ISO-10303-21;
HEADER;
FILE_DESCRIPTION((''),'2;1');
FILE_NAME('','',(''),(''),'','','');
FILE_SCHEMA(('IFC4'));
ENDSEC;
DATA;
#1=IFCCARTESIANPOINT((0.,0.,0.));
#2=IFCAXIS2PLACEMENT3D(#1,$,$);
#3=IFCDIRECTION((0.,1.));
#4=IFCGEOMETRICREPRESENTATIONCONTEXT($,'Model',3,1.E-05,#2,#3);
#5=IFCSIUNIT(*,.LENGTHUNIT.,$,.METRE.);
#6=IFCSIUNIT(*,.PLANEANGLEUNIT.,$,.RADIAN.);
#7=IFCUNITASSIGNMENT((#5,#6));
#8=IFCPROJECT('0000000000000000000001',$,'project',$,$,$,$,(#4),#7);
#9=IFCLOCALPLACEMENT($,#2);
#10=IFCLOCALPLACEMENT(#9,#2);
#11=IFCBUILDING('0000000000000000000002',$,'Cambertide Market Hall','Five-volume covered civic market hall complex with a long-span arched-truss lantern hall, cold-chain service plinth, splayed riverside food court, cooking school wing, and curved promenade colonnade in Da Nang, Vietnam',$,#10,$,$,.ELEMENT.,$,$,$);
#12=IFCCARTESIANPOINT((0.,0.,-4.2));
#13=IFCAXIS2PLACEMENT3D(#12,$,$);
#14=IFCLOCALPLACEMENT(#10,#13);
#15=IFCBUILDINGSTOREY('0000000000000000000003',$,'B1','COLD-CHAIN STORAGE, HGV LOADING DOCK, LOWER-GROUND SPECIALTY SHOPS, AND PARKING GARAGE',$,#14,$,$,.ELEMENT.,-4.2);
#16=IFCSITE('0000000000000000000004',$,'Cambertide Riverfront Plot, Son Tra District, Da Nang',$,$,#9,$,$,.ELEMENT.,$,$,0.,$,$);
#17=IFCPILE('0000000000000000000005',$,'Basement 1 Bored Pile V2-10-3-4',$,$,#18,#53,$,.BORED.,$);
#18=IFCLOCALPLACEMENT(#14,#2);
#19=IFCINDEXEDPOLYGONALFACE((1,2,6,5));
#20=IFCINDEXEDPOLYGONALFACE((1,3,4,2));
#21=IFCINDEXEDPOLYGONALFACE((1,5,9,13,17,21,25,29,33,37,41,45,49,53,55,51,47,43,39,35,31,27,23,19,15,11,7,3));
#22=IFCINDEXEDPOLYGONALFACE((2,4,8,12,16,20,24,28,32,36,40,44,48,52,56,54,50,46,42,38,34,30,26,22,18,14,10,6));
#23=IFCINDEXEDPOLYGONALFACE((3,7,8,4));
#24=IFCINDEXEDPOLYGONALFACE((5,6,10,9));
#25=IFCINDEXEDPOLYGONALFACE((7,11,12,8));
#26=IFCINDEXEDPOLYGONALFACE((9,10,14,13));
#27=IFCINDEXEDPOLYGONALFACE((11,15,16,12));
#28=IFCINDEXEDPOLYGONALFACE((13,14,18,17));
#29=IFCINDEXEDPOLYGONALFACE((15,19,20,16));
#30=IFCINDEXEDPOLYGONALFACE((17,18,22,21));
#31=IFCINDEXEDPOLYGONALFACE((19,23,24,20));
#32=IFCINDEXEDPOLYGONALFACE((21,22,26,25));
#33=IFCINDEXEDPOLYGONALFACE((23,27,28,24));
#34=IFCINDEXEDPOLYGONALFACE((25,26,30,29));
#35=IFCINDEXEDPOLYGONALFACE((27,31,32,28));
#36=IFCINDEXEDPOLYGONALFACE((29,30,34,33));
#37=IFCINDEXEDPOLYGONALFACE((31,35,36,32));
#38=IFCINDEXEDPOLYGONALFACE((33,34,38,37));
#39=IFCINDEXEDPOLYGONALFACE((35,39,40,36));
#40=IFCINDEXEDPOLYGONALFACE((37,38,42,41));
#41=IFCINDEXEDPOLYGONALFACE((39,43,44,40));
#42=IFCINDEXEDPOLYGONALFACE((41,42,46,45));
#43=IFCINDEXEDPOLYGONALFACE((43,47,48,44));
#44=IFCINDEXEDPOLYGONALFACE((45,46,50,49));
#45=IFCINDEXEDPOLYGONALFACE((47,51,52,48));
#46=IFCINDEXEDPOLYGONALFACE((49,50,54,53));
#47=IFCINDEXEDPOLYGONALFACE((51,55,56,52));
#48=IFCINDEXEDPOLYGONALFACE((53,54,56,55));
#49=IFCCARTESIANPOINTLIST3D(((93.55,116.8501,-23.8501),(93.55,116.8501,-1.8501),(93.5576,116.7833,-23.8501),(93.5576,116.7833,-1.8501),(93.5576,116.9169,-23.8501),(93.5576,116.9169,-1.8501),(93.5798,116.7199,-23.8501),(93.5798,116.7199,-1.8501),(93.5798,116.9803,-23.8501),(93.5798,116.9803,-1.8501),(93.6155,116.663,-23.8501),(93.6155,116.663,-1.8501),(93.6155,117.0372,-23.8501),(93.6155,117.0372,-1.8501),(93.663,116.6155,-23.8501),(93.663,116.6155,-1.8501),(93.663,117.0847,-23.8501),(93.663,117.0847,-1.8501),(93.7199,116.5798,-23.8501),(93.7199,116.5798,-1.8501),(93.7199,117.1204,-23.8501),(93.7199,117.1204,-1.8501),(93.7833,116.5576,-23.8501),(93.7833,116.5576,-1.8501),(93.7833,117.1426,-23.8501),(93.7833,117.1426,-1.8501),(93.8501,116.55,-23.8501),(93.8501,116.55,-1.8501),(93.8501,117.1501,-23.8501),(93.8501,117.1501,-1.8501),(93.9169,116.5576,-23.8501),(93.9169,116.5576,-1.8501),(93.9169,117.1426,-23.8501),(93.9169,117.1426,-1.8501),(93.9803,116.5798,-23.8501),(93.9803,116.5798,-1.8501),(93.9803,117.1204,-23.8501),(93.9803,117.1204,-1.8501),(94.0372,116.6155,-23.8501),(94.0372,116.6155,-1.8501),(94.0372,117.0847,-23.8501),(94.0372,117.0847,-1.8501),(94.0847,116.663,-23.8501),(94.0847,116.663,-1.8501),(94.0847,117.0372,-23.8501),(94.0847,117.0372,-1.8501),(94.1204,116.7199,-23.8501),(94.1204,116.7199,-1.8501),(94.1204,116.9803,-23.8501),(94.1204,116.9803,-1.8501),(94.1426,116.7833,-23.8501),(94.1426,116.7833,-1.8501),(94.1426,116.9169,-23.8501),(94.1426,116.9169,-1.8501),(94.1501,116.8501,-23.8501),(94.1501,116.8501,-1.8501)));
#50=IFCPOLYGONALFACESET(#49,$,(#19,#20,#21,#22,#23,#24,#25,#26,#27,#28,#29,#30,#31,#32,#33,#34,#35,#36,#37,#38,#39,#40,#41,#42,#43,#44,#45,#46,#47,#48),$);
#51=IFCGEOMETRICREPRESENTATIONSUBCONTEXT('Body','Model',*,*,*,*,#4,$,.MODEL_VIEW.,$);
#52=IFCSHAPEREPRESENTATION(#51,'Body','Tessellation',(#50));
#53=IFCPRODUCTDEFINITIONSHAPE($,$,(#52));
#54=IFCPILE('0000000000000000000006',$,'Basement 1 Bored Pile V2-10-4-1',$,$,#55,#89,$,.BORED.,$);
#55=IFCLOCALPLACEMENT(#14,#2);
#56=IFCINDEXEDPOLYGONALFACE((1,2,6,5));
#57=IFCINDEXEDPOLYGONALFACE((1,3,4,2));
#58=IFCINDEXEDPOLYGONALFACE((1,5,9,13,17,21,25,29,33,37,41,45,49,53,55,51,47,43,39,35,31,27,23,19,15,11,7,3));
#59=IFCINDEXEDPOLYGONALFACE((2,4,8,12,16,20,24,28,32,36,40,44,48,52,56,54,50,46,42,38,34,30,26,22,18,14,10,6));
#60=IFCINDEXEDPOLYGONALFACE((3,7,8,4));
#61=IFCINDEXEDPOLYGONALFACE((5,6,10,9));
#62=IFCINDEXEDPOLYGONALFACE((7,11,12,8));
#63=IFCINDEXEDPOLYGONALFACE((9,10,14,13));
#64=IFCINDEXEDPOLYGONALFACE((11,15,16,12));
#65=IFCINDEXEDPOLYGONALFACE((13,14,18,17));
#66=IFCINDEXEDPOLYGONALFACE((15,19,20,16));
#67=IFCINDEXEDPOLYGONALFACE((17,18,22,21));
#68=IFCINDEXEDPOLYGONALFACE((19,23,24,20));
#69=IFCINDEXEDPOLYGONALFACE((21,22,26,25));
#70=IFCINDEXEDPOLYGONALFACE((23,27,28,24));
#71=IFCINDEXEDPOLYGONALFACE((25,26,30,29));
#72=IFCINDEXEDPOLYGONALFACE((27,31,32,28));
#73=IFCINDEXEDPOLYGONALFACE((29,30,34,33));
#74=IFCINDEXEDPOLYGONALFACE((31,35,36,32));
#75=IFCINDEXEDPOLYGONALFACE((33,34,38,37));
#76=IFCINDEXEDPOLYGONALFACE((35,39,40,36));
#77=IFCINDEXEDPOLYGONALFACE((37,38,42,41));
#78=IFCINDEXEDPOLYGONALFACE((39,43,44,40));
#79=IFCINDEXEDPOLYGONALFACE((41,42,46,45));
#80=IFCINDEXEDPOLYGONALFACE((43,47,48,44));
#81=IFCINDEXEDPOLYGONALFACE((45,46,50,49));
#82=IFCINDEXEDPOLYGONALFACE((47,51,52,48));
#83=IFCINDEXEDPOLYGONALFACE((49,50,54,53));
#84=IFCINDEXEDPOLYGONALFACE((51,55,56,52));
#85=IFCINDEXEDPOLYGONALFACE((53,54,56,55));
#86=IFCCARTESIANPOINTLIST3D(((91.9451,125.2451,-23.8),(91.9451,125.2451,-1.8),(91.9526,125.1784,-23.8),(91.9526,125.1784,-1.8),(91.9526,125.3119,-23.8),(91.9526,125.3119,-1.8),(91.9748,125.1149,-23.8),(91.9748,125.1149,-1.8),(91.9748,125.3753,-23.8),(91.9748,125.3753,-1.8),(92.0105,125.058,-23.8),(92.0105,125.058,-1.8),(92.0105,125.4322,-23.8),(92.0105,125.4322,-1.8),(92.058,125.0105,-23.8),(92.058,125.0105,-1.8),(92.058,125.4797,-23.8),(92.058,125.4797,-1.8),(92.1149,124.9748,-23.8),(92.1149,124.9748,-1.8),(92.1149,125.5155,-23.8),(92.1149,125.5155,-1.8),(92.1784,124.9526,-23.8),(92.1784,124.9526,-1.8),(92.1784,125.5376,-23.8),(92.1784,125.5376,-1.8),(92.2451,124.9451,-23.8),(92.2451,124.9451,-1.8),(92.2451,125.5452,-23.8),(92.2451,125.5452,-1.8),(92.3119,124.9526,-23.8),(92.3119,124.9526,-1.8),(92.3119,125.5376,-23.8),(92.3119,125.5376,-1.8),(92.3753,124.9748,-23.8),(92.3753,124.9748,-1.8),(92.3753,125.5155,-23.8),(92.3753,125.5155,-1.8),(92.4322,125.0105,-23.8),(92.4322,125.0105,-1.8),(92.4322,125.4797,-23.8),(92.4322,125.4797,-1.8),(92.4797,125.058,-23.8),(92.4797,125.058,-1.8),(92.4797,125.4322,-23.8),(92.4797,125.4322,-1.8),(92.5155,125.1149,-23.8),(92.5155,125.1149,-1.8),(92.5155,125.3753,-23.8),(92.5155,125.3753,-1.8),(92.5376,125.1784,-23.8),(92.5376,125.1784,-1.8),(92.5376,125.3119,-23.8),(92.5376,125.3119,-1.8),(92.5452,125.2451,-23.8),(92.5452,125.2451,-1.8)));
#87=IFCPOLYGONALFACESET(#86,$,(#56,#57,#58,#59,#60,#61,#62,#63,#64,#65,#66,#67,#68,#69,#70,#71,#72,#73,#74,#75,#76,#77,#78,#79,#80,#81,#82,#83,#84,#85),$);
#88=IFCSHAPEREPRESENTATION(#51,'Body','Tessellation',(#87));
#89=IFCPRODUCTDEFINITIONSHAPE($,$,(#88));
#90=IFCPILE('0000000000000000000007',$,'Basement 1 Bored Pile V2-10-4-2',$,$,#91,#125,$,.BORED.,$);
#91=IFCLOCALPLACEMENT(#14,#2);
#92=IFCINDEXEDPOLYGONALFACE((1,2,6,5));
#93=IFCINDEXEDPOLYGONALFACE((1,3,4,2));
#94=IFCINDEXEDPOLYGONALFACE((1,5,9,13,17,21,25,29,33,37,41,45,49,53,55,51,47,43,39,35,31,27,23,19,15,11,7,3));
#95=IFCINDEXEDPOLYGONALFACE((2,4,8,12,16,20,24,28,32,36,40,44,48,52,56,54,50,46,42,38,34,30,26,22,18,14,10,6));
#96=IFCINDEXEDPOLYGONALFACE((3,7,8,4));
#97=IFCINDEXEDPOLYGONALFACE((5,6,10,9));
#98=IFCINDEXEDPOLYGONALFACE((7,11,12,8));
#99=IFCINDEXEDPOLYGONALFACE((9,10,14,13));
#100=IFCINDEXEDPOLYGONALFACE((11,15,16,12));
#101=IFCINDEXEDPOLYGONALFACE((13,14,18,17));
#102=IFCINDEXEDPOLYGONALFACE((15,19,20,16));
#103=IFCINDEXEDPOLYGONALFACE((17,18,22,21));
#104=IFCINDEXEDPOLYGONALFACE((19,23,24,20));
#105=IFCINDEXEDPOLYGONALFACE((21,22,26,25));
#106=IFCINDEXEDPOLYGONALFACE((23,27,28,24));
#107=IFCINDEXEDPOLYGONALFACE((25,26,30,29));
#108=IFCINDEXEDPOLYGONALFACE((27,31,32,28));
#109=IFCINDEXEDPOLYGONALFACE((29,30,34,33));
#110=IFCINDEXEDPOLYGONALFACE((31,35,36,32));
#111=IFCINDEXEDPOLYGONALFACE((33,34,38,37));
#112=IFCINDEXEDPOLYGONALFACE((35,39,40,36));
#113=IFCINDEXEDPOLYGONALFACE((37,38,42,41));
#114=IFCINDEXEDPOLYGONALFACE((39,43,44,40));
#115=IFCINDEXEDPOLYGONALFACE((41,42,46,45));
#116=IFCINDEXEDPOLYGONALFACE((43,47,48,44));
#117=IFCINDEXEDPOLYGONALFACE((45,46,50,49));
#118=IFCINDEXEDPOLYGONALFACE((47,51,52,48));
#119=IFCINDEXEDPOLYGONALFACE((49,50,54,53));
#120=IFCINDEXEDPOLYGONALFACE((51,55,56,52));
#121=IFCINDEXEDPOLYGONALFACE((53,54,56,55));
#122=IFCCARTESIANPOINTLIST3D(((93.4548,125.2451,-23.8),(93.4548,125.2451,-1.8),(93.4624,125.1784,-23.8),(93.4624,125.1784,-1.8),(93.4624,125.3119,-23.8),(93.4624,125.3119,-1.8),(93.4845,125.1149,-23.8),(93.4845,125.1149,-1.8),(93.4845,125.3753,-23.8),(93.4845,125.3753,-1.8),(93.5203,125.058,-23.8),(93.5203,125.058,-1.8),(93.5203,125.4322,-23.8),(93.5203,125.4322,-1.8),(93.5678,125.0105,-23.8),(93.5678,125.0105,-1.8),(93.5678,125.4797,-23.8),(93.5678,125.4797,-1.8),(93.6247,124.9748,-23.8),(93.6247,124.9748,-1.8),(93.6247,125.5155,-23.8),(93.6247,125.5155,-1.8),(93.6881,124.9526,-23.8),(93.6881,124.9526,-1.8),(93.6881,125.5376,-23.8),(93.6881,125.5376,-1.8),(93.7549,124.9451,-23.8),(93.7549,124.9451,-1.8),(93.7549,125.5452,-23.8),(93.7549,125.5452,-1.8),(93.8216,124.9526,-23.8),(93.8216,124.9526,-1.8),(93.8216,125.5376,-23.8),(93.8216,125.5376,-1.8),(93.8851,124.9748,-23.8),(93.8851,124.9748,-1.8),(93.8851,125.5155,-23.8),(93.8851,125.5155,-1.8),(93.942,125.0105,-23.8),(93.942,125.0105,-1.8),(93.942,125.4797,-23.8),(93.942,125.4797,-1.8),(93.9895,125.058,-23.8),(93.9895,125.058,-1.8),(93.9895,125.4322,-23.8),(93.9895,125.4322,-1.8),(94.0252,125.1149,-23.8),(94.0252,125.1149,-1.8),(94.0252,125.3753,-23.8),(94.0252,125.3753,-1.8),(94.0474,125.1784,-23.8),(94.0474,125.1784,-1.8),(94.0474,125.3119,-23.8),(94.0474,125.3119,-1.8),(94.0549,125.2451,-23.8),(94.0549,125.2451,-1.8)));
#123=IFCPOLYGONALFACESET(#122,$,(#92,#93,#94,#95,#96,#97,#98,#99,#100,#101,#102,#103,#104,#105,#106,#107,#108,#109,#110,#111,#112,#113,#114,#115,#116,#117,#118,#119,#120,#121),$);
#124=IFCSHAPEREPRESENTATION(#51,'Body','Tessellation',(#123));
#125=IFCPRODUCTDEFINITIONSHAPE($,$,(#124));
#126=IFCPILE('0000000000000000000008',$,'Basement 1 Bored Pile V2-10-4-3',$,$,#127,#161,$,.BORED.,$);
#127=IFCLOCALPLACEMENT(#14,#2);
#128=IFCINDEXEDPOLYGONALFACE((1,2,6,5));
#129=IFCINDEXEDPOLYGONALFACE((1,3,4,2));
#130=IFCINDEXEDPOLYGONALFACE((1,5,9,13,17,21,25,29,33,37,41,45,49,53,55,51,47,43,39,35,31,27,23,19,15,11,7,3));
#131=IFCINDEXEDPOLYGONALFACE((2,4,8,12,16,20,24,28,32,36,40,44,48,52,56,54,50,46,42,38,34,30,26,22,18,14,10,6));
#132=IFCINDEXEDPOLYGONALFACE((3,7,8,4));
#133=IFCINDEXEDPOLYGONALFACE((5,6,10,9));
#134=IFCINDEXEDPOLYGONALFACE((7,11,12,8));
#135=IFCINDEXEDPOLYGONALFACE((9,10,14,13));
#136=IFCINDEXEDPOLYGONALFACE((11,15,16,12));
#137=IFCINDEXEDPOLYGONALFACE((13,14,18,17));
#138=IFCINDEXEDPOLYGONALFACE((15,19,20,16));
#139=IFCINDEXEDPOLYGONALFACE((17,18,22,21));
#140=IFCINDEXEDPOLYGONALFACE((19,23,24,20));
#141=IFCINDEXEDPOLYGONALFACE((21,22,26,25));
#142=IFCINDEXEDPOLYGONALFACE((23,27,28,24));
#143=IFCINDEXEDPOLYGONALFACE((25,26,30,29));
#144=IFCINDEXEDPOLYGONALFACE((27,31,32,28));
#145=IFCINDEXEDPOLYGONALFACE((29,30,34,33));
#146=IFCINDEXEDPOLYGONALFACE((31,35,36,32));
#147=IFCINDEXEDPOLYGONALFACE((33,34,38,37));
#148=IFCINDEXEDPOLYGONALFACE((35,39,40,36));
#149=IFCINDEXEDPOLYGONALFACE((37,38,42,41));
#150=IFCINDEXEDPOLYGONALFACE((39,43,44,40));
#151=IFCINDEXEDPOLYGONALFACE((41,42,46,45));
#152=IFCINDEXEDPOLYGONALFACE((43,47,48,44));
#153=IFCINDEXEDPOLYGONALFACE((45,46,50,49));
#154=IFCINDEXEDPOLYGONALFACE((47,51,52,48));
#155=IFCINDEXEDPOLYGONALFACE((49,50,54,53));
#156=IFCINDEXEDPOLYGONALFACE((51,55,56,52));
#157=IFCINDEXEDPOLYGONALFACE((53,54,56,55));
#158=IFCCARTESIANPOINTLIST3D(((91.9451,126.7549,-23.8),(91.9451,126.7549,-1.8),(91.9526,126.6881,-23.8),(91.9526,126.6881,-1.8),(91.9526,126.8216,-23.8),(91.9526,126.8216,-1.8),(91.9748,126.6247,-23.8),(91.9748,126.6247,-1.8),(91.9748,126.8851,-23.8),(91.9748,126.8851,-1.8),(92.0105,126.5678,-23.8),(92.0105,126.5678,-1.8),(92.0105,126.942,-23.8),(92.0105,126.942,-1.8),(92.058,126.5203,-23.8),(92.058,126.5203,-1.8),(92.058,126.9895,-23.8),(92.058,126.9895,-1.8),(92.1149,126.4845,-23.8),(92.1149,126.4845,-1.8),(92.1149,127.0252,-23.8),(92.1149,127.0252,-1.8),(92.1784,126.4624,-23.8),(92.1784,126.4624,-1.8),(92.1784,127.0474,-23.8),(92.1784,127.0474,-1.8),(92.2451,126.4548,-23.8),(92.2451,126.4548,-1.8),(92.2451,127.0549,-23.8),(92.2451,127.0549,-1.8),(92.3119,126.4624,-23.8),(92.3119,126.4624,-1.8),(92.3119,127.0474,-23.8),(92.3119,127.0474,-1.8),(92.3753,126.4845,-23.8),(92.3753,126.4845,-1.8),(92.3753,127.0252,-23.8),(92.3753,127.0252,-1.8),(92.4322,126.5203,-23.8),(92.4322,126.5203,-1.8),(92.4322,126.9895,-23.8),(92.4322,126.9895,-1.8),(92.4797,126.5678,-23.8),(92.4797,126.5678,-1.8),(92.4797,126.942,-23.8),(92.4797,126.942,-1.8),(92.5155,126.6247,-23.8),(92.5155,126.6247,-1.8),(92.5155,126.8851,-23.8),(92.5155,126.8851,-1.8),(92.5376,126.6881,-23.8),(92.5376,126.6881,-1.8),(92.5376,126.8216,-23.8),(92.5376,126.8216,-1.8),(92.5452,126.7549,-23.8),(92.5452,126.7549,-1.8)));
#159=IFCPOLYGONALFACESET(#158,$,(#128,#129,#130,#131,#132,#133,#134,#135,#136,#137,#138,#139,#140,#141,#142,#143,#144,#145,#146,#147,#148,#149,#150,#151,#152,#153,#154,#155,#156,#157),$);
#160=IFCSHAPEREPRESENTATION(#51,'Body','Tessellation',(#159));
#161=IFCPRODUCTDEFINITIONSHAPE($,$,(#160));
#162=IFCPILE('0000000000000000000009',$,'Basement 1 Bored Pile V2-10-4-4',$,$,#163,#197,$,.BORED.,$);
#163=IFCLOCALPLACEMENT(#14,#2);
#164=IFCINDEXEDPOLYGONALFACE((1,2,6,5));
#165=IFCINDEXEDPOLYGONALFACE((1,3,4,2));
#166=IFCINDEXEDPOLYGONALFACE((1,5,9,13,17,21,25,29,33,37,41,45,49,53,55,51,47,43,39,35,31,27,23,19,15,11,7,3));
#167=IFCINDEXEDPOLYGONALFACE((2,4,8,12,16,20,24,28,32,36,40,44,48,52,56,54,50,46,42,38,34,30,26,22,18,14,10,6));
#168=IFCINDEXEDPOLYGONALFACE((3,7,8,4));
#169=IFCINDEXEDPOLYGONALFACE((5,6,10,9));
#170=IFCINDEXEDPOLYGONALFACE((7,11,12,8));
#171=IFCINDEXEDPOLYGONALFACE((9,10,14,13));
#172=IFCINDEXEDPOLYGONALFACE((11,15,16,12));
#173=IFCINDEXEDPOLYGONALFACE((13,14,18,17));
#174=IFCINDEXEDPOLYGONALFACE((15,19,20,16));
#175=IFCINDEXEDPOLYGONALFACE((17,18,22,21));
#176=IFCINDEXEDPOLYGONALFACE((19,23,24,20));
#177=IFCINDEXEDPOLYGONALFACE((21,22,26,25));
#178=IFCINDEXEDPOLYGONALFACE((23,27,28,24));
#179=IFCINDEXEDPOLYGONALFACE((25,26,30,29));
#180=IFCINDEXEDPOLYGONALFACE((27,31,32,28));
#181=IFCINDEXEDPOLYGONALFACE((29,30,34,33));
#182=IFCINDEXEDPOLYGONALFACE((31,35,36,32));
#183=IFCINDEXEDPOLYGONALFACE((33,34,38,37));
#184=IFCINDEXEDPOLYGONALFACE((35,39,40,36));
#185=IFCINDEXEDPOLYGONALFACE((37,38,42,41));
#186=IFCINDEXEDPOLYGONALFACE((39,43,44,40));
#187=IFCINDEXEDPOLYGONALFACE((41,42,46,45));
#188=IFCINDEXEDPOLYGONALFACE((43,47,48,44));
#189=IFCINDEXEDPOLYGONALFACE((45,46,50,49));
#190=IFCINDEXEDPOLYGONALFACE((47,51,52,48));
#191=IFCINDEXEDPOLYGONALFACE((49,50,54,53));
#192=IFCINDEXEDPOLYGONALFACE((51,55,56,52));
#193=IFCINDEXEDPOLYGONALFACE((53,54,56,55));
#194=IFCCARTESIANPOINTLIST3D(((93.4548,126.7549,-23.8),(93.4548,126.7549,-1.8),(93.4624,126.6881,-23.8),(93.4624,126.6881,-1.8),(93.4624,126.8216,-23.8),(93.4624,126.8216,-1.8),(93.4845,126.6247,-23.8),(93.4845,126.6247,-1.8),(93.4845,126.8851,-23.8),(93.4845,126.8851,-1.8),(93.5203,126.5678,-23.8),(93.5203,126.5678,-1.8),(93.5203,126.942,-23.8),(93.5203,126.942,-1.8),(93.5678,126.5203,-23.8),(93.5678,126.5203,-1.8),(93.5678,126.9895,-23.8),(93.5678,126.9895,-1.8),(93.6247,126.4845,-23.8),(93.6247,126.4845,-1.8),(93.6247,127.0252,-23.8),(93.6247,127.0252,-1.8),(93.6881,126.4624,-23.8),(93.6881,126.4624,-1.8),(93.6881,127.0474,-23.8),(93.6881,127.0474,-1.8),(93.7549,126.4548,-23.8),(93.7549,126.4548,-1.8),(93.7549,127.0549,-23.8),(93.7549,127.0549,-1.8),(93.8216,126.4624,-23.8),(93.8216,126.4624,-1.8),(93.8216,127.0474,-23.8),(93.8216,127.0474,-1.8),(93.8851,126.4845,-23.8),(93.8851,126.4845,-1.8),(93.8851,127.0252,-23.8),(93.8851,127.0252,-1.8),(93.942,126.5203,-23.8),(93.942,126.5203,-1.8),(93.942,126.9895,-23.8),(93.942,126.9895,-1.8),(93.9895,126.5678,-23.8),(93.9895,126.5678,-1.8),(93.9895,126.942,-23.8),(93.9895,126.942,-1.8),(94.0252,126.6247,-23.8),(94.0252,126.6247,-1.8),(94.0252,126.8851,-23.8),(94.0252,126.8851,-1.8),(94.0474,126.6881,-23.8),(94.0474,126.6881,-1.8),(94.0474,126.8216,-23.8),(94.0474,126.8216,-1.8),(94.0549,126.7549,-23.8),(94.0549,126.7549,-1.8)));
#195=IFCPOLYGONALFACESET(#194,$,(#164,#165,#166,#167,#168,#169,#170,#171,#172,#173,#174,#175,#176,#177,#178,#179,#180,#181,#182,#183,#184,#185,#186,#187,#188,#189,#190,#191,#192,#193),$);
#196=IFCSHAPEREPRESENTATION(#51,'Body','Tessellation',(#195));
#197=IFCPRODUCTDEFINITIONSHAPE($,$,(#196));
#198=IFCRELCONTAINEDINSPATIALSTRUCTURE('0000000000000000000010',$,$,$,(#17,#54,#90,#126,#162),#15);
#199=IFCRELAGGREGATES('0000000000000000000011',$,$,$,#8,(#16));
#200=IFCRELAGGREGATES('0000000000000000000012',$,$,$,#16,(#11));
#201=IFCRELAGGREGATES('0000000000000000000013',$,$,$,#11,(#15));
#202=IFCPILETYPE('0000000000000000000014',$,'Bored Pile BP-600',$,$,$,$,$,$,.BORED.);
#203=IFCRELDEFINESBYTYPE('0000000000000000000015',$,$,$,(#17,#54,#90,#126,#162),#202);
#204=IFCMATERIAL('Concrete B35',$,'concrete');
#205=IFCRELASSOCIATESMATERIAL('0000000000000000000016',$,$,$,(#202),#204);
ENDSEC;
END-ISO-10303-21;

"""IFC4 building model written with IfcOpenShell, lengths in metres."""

from ifc_helpers import new_model, si_unit, direction, frame, origin, origin_2d, place, context, subcontext, project, spatial, circle, extrude, material, material_profile, profile_set, type_object, element, save


model = new_model("IFC4")

# Units and contexts
model_context = context("Model", 3, precision=1e-05, world=origin(), true_north=direction((0.0, 1.0)))
body_context = subcontext(model_context, "Body", "Model", "MODEL_VIEW")
ifc_project = project(units=[si_unit("LENGTHUNIT", "METRE"), si_unit("PLANEANGLEUNIT", "RADIAN")], contexts=[model_context])

# Site, building, storey
site_placement = place(None, origin())
site = spatial("IfcSite", under=ifc_project, at=site_placement, Name="Cambertide Riverfront Plot, Son Tra District, Da Nang", CompositionType="ELEMENT", RefElevation=0.0)
building_placement = place(site_placement, origin())
building = spatial("IfcBuilding", under=site, at=building_placement, Name="Cambertide Market Hall", Description="Five-volume covered civic market hall complex with a long-span arched-truss lantern hall, cold-chain service plinth, splayed riverside food court, cooking school wing, and curved promenade colonnade in Da Nang, Vietnam", CompositionType="ELEMENT")
storey_placement = place(building_placement, frame((0.0, 0.0, -4.2)))
storey = spatial("IfcBuildingStorey", under=building, at=storey_placement, Name="B1", Description="COLD-CHAIN STORAGE, HGV LOADING DOCK, LOWER-GROUND SPECIALTY SHOPS, AND PARKING GARAGE", CompositionType="ELEMENT", Elevation=-4.2)

# Piles
ifc_material_1 = material(Name="Concrete B35", Category="concrete")
ifc_material_profile_1 = material_profile(ifc_material_1, circle(Radius=0.3, at=origin_2d()), Name="BP D600")
ifc_profile_set_1 = profile_set([ifc_material_profile_1], Name="Concrete B35")
pile_type = type_object("IfcPileType", Name="Bored Pile BP-600", PredefinedType="BORED", material=ifc_profile_set_1)
for number, where, z_axis, x_axis, name in (
    (1, (93.8501, 116.8501, -1.8501), (0.0, 0.0, -1.0), (1.0, 0.0, 0.0), "Basement 1 Bored Pile V2-10-3-4"),
    (2, (92.2451, 125.2451, -1.8), (0.0, 0.0, -1.0), (1.0, 0.0, 0.0), "Basement 1 Bored Pile V2-10-4-1"),
    (3, (93.7549, 125.2451, -1.8), (0.0, 0.0, -1.0), (1.0, 0.0, 0.0), "Basement 1 Bored Pile V2-10-4-2"),
    (4, (92.2451, 126.7549, -1.8), (0.0, 0.0, -1.0), (1.0, 0.0, 0.0), "Basement 1 Bored Pile V2-10-4-3"),
    (5, (93.7549, 126.7549, -1.8), (0.0, 0.0, -1.0), (1.0, 0.0, 0.0), "Basement 1 Bored Pile V2-10-4-4"),
):
    element("IfcPile", number, at=place(storey_placement, frame(where, z_axis=z_axis, x_axis=x_axis)), inside=storey, type_object=pile_type, Name=name, PredefinedType="BORED", context=body_context, shape_type="SweptSolid", body=[
        extrude(circle(Radius=0.3, at=origin_2d()), origin(), (0.0, 0.0, 1.0), 22.0),
    ])

save(model, "model.ifc")
